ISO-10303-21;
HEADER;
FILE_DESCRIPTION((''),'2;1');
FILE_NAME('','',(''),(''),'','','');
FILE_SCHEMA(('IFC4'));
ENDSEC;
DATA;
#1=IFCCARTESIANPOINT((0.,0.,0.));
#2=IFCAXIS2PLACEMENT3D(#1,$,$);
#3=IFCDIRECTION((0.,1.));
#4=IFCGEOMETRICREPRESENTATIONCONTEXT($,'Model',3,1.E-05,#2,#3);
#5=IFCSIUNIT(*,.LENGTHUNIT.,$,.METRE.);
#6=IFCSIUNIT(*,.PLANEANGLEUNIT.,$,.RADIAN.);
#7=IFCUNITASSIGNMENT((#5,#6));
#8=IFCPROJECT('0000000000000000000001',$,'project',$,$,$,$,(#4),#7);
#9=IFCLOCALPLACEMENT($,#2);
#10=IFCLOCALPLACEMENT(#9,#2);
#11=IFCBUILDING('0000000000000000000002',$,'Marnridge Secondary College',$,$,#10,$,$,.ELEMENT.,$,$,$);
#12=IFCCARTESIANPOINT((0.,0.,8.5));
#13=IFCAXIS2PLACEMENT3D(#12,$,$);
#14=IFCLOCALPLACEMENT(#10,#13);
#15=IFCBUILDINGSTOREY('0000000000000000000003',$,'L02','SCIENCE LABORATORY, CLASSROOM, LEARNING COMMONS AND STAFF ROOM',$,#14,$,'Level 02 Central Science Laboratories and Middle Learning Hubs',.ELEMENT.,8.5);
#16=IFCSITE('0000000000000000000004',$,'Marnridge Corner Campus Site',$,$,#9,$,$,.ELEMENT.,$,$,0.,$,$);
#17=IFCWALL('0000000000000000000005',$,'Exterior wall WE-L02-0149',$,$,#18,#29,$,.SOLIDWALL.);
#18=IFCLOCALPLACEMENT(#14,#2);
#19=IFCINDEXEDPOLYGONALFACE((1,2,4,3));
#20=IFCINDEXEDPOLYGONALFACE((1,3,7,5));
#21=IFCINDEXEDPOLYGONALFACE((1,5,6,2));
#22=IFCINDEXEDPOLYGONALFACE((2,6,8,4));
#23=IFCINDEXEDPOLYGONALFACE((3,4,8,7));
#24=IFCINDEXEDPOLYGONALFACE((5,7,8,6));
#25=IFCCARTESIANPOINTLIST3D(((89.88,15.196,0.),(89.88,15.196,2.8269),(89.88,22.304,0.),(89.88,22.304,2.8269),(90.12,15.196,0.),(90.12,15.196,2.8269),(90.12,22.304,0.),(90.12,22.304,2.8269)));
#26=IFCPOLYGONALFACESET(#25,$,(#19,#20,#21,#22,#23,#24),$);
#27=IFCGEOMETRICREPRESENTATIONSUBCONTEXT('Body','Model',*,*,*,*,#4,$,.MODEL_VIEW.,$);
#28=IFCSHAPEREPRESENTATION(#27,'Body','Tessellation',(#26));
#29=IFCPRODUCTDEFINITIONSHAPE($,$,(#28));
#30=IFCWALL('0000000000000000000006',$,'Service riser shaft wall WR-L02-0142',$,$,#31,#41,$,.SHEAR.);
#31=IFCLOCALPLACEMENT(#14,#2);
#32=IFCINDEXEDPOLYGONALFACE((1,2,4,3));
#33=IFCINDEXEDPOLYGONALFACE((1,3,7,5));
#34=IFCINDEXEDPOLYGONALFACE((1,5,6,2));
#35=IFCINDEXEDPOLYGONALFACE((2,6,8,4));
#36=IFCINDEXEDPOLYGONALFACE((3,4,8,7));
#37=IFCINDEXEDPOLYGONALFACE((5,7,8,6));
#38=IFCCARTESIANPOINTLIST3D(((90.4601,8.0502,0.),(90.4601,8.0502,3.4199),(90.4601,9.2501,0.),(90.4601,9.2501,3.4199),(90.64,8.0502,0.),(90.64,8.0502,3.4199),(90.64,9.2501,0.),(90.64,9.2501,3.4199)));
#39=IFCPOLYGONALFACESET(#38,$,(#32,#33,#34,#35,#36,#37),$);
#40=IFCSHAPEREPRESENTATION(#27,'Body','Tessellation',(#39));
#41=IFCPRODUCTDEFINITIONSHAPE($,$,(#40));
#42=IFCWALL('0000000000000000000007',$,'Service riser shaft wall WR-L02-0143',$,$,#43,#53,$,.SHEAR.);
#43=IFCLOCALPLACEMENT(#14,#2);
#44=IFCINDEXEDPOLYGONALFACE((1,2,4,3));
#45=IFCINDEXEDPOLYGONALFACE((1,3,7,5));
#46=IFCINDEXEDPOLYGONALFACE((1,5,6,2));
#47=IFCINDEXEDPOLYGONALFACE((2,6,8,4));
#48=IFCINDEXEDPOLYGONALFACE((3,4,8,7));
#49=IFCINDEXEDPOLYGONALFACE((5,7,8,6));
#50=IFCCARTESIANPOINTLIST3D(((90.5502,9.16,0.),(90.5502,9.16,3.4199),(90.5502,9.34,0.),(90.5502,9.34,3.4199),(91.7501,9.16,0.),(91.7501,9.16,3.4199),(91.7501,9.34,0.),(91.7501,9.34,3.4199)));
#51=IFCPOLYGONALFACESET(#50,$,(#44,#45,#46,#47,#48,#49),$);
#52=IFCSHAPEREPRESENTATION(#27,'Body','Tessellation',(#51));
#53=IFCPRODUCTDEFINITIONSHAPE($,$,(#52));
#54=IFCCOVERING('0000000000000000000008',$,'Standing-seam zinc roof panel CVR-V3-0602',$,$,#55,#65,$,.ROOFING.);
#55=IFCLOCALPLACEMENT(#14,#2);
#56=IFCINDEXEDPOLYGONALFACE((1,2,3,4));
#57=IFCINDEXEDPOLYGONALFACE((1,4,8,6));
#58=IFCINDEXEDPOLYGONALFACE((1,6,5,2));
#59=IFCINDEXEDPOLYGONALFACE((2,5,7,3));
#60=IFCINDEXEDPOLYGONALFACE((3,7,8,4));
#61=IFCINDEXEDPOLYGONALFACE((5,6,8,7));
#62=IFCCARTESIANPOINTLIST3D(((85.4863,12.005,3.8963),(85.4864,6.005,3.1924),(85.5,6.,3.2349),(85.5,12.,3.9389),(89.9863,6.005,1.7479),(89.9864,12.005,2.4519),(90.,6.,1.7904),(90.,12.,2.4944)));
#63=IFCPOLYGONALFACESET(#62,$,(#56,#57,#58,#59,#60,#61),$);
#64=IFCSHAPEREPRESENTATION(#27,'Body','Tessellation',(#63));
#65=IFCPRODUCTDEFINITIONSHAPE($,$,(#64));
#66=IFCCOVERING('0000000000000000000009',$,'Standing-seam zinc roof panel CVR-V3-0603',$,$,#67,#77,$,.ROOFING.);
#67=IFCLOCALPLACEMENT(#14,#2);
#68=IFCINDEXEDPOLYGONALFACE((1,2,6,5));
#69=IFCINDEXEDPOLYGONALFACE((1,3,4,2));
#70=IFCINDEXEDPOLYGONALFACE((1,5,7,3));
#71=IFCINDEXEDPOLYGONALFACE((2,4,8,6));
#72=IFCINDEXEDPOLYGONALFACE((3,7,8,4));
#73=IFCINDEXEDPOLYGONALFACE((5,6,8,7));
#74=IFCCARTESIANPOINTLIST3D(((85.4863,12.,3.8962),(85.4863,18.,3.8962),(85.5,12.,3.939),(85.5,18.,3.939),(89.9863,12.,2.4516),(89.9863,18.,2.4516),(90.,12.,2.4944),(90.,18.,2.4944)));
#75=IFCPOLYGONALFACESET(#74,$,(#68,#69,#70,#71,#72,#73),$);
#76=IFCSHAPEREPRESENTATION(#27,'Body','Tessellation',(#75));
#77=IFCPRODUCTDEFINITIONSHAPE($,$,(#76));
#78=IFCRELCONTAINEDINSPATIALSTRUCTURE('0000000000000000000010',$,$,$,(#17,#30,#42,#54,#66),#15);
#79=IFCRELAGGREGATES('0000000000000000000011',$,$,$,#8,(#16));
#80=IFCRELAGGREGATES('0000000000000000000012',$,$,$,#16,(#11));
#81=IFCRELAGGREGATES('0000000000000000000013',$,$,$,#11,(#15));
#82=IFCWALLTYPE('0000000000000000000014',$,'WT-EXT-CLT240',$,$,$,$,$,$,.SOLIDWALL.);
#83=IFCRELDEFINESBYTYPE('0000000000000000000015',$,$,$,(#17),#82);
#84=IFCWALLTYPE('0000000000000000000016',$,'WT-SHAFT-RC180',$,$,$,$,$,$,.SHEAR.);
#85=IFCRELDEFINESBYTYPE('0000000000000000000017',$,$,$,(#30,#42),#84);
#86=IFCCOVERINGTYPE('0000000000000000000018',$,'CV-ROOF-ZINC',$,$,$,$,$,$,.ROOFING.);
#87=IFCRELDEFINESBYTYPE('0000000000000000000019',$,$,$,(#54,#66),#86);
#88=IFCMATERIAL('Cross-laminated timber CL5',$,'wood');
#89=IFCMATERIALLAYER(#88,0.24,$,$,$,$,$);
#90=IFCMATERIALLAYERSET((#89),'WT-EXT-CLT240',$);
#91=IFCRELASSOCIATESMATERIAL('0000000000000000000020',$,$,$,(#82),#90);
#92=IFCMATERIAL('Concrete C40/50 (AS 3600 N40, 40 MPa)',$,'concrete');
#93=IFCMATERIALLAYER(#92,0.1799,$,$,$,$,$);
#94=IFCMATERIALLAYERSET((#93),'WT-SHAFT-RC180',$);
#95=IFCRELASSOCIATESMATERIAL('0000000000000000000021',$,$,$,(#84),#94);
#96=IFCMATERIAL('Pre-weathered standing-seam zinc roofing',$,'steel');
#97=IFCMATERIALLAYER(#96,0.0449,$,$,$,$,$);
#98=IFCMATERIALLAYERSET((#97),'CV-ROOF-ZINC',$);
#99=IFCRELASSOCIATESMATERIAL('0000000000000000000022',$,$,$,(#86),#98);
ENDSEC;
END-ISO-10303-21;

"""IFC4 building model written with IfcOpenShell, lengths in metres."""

from ifc_helpers import new_model, si_unit, direction, frame, frame_2d, origin, place, context, subcontext, project, spatial, polyline, rectangle, outline, extrude, material, layer, layer_set, type_object, element, save


model = new_model("IFC4")

# Units and contexts
model_context = context("Model", 3, precision=1e-05, world=origin(), true_north=direction((0.0, 1.0)))
body_context = subcontext(model_context, "Body", "Model", "MODEL_VIEW")
ifc_project = project(units=[si_unit("LENGTHUNIT", "METRE"), si_unit("PLANEANGLEUNIT", "RADIAN")], contexts=[model_context])

# Site, building, storey
site_placement = place(None, origin())
site = spatial("IfcSite", under=ifc_project, at=site_placement, Name="Marnridge Corner Campus Site", CompositionType="ELEMENT", RefElevation=0.0)
building_placement = place(site_placement, origin())
building = spatial("IfcBuilding", under=site, at=building_placement, Name="Marnridge Secondary College", CompositionType="ELEMENT")
storey_placement = place(building_placement, frame((0.0, 0.0, 8.5)))
storey = spatial("IfcBuildingStorey", under=building, at=storey_placement, Name="L02", Description="SCIENCE LABORATORY, CLASSROOM, LEARNING COMMONS AND STAFF ROOM", LongName="Level 02 Central Science Laboratories and Middle Learning Hubs", CompositionType="ELEMENT", Elevation=8.5)

# Walls
ifc_material_1 = material(Name="Cross-laminated timber CL5", Category="wood")
ifc_layer_1 = layer(ifc_material_1, 0.24)
ifc_layer_set_1 = layer_set([ifc_layer_1], Name="WT-EXT-CLT240")
wall_type_1 = type_object("IfcWallType", Name="WT-EXT-CLT240", PredefinedType="SOLIDWALL", material=ifc_layer_set_1)
for number, where, z_axis, x_axis, name in (
    (1, (90.0, 15.196, 0.0), (0.0, 0.0, 1.0), (0.0, 1.0, 0.0), "Exterior wall WE-L02-0149"),
):
    element("IfcWall", number, at=place(storey_placement, frame(where, z_axis=z_axis, x_axis=x_axis)), inside=storey, type_object=wall_type_1, Name=name, PredefinedType="SOLIDWALL", context=body_context, shape_type="SweptSolid", body=[
        extrude(rectangle(XDim=7.1079, YDim=0.24, at=frame_2d((3.554, 0.0))), origin(), (0.0, 0.0, 1.0), 2.8269),
    ])
ifc_material_2 = material(Name="Concrete C40/50 (AS 3600 N40, 40 MPa)", Category="concrete")
ifc_layer_2 = layer(ifc_material_2, 0.1799)
ifc_layer_set_2 = layer_set([ifc_layer_2], Name="WT-SHAFT-RC180")
wall_type_2 = type_object("IfcWallType", Name="WT-SHAFT-RC180", PredefinedType="SHEAR", material=ifc_layer_set_2)
for number, where, z_axis, x_axis, name in (
    (2, (90.55, 8.05, 0.0), (0.0, 0.0, 1.0), (0.0, 1.0, 0.0), "Service riser shaft wall WR-L02-0142"),
    (3, (90.55, 9.25, 0.0), (0.0, 0.0, 1.0), (1.0, 0.0, 0.0), "Service riser shaft wall WR-L02-0143"),
):
    element("IfcWall", number, at=place(storey_placement, frame(where, z_axis=z_axis, x_axis=x_axis)), inside=storey, type_object=wall_type_2, Name=name, PredefinedType="SHEAR", context=body_context, shape_type="SweptSolid", body=[
        extrude(rectangle(XDim=1.2, YDim=0.1799, at=frame_2d((0.6001, 0.0))), origin(), (0.0, 0.0, 1.0), 3.4199),
    ])

# Coverings
ifc_material_3 = material(Name="Pre-weathered standing-seam zinc roofing", Category="steel")
ifc_layer_3 = layer(ifc_material_3, 0.0449)
ifc_layer_set_3 = layer_set([ifc_layer_3], Name="CV-ROOF-ZINC")
covering_type = type_object("IfcCoveringType", Name="CV-ROOF-ZINC", PredefinedType="ROOFING", material=ifc_layer_set_3)
covering_1_placement = place(storey_placement, frame((85.5, 6.0, 3.2349), z_axis=(0.303742, -0.111025, 0.946263), x_axis=(0.95215, 0.000003, -0.305631)))
element("IfcCovering", 4, at=covering_1_placement, inside=storey, type_object=covering_type, Name="Standing-seam zinc roof panel CVR-V3-0602", PredefinedType="ROOFING", context=body_context, shape_type="SweptSolid", body=[
    extrude(outline(polyline([(0.0, 0.0), (4.7261, 0.0), (4.511, 6.0373), (-0.2152, 6.0373), (0.0, 0.0)])), origin(), (0.0, 0.0, -1.0), 0.0449),
])
covering_2_placement = place(storey_placement, frame((85.5, 12.0, 3.939), z_axis=(0.305655, 0.0, 0.952142), x_axis=(0.952142, 0.0, -0.305655)))
element("IfcCovering", 5, at=covering_2_placement, inside=storey, type_object=covering_type, Name="Standing-seam zinc roof panel CVR-V3-0603", PredefinedType="ROOFING", context=body_context, shape_type="SweptSolid", body=[
    extrude(outline(polyline([(0.0, 0.0), (4.7262, 0.0), (4.7262, 6.0), (0.0, 6.0), (0.0, 0.0)])), origin(), (0.0, 0.0, -1.0), 0.0449),
])

save(model, "model.ifc")
